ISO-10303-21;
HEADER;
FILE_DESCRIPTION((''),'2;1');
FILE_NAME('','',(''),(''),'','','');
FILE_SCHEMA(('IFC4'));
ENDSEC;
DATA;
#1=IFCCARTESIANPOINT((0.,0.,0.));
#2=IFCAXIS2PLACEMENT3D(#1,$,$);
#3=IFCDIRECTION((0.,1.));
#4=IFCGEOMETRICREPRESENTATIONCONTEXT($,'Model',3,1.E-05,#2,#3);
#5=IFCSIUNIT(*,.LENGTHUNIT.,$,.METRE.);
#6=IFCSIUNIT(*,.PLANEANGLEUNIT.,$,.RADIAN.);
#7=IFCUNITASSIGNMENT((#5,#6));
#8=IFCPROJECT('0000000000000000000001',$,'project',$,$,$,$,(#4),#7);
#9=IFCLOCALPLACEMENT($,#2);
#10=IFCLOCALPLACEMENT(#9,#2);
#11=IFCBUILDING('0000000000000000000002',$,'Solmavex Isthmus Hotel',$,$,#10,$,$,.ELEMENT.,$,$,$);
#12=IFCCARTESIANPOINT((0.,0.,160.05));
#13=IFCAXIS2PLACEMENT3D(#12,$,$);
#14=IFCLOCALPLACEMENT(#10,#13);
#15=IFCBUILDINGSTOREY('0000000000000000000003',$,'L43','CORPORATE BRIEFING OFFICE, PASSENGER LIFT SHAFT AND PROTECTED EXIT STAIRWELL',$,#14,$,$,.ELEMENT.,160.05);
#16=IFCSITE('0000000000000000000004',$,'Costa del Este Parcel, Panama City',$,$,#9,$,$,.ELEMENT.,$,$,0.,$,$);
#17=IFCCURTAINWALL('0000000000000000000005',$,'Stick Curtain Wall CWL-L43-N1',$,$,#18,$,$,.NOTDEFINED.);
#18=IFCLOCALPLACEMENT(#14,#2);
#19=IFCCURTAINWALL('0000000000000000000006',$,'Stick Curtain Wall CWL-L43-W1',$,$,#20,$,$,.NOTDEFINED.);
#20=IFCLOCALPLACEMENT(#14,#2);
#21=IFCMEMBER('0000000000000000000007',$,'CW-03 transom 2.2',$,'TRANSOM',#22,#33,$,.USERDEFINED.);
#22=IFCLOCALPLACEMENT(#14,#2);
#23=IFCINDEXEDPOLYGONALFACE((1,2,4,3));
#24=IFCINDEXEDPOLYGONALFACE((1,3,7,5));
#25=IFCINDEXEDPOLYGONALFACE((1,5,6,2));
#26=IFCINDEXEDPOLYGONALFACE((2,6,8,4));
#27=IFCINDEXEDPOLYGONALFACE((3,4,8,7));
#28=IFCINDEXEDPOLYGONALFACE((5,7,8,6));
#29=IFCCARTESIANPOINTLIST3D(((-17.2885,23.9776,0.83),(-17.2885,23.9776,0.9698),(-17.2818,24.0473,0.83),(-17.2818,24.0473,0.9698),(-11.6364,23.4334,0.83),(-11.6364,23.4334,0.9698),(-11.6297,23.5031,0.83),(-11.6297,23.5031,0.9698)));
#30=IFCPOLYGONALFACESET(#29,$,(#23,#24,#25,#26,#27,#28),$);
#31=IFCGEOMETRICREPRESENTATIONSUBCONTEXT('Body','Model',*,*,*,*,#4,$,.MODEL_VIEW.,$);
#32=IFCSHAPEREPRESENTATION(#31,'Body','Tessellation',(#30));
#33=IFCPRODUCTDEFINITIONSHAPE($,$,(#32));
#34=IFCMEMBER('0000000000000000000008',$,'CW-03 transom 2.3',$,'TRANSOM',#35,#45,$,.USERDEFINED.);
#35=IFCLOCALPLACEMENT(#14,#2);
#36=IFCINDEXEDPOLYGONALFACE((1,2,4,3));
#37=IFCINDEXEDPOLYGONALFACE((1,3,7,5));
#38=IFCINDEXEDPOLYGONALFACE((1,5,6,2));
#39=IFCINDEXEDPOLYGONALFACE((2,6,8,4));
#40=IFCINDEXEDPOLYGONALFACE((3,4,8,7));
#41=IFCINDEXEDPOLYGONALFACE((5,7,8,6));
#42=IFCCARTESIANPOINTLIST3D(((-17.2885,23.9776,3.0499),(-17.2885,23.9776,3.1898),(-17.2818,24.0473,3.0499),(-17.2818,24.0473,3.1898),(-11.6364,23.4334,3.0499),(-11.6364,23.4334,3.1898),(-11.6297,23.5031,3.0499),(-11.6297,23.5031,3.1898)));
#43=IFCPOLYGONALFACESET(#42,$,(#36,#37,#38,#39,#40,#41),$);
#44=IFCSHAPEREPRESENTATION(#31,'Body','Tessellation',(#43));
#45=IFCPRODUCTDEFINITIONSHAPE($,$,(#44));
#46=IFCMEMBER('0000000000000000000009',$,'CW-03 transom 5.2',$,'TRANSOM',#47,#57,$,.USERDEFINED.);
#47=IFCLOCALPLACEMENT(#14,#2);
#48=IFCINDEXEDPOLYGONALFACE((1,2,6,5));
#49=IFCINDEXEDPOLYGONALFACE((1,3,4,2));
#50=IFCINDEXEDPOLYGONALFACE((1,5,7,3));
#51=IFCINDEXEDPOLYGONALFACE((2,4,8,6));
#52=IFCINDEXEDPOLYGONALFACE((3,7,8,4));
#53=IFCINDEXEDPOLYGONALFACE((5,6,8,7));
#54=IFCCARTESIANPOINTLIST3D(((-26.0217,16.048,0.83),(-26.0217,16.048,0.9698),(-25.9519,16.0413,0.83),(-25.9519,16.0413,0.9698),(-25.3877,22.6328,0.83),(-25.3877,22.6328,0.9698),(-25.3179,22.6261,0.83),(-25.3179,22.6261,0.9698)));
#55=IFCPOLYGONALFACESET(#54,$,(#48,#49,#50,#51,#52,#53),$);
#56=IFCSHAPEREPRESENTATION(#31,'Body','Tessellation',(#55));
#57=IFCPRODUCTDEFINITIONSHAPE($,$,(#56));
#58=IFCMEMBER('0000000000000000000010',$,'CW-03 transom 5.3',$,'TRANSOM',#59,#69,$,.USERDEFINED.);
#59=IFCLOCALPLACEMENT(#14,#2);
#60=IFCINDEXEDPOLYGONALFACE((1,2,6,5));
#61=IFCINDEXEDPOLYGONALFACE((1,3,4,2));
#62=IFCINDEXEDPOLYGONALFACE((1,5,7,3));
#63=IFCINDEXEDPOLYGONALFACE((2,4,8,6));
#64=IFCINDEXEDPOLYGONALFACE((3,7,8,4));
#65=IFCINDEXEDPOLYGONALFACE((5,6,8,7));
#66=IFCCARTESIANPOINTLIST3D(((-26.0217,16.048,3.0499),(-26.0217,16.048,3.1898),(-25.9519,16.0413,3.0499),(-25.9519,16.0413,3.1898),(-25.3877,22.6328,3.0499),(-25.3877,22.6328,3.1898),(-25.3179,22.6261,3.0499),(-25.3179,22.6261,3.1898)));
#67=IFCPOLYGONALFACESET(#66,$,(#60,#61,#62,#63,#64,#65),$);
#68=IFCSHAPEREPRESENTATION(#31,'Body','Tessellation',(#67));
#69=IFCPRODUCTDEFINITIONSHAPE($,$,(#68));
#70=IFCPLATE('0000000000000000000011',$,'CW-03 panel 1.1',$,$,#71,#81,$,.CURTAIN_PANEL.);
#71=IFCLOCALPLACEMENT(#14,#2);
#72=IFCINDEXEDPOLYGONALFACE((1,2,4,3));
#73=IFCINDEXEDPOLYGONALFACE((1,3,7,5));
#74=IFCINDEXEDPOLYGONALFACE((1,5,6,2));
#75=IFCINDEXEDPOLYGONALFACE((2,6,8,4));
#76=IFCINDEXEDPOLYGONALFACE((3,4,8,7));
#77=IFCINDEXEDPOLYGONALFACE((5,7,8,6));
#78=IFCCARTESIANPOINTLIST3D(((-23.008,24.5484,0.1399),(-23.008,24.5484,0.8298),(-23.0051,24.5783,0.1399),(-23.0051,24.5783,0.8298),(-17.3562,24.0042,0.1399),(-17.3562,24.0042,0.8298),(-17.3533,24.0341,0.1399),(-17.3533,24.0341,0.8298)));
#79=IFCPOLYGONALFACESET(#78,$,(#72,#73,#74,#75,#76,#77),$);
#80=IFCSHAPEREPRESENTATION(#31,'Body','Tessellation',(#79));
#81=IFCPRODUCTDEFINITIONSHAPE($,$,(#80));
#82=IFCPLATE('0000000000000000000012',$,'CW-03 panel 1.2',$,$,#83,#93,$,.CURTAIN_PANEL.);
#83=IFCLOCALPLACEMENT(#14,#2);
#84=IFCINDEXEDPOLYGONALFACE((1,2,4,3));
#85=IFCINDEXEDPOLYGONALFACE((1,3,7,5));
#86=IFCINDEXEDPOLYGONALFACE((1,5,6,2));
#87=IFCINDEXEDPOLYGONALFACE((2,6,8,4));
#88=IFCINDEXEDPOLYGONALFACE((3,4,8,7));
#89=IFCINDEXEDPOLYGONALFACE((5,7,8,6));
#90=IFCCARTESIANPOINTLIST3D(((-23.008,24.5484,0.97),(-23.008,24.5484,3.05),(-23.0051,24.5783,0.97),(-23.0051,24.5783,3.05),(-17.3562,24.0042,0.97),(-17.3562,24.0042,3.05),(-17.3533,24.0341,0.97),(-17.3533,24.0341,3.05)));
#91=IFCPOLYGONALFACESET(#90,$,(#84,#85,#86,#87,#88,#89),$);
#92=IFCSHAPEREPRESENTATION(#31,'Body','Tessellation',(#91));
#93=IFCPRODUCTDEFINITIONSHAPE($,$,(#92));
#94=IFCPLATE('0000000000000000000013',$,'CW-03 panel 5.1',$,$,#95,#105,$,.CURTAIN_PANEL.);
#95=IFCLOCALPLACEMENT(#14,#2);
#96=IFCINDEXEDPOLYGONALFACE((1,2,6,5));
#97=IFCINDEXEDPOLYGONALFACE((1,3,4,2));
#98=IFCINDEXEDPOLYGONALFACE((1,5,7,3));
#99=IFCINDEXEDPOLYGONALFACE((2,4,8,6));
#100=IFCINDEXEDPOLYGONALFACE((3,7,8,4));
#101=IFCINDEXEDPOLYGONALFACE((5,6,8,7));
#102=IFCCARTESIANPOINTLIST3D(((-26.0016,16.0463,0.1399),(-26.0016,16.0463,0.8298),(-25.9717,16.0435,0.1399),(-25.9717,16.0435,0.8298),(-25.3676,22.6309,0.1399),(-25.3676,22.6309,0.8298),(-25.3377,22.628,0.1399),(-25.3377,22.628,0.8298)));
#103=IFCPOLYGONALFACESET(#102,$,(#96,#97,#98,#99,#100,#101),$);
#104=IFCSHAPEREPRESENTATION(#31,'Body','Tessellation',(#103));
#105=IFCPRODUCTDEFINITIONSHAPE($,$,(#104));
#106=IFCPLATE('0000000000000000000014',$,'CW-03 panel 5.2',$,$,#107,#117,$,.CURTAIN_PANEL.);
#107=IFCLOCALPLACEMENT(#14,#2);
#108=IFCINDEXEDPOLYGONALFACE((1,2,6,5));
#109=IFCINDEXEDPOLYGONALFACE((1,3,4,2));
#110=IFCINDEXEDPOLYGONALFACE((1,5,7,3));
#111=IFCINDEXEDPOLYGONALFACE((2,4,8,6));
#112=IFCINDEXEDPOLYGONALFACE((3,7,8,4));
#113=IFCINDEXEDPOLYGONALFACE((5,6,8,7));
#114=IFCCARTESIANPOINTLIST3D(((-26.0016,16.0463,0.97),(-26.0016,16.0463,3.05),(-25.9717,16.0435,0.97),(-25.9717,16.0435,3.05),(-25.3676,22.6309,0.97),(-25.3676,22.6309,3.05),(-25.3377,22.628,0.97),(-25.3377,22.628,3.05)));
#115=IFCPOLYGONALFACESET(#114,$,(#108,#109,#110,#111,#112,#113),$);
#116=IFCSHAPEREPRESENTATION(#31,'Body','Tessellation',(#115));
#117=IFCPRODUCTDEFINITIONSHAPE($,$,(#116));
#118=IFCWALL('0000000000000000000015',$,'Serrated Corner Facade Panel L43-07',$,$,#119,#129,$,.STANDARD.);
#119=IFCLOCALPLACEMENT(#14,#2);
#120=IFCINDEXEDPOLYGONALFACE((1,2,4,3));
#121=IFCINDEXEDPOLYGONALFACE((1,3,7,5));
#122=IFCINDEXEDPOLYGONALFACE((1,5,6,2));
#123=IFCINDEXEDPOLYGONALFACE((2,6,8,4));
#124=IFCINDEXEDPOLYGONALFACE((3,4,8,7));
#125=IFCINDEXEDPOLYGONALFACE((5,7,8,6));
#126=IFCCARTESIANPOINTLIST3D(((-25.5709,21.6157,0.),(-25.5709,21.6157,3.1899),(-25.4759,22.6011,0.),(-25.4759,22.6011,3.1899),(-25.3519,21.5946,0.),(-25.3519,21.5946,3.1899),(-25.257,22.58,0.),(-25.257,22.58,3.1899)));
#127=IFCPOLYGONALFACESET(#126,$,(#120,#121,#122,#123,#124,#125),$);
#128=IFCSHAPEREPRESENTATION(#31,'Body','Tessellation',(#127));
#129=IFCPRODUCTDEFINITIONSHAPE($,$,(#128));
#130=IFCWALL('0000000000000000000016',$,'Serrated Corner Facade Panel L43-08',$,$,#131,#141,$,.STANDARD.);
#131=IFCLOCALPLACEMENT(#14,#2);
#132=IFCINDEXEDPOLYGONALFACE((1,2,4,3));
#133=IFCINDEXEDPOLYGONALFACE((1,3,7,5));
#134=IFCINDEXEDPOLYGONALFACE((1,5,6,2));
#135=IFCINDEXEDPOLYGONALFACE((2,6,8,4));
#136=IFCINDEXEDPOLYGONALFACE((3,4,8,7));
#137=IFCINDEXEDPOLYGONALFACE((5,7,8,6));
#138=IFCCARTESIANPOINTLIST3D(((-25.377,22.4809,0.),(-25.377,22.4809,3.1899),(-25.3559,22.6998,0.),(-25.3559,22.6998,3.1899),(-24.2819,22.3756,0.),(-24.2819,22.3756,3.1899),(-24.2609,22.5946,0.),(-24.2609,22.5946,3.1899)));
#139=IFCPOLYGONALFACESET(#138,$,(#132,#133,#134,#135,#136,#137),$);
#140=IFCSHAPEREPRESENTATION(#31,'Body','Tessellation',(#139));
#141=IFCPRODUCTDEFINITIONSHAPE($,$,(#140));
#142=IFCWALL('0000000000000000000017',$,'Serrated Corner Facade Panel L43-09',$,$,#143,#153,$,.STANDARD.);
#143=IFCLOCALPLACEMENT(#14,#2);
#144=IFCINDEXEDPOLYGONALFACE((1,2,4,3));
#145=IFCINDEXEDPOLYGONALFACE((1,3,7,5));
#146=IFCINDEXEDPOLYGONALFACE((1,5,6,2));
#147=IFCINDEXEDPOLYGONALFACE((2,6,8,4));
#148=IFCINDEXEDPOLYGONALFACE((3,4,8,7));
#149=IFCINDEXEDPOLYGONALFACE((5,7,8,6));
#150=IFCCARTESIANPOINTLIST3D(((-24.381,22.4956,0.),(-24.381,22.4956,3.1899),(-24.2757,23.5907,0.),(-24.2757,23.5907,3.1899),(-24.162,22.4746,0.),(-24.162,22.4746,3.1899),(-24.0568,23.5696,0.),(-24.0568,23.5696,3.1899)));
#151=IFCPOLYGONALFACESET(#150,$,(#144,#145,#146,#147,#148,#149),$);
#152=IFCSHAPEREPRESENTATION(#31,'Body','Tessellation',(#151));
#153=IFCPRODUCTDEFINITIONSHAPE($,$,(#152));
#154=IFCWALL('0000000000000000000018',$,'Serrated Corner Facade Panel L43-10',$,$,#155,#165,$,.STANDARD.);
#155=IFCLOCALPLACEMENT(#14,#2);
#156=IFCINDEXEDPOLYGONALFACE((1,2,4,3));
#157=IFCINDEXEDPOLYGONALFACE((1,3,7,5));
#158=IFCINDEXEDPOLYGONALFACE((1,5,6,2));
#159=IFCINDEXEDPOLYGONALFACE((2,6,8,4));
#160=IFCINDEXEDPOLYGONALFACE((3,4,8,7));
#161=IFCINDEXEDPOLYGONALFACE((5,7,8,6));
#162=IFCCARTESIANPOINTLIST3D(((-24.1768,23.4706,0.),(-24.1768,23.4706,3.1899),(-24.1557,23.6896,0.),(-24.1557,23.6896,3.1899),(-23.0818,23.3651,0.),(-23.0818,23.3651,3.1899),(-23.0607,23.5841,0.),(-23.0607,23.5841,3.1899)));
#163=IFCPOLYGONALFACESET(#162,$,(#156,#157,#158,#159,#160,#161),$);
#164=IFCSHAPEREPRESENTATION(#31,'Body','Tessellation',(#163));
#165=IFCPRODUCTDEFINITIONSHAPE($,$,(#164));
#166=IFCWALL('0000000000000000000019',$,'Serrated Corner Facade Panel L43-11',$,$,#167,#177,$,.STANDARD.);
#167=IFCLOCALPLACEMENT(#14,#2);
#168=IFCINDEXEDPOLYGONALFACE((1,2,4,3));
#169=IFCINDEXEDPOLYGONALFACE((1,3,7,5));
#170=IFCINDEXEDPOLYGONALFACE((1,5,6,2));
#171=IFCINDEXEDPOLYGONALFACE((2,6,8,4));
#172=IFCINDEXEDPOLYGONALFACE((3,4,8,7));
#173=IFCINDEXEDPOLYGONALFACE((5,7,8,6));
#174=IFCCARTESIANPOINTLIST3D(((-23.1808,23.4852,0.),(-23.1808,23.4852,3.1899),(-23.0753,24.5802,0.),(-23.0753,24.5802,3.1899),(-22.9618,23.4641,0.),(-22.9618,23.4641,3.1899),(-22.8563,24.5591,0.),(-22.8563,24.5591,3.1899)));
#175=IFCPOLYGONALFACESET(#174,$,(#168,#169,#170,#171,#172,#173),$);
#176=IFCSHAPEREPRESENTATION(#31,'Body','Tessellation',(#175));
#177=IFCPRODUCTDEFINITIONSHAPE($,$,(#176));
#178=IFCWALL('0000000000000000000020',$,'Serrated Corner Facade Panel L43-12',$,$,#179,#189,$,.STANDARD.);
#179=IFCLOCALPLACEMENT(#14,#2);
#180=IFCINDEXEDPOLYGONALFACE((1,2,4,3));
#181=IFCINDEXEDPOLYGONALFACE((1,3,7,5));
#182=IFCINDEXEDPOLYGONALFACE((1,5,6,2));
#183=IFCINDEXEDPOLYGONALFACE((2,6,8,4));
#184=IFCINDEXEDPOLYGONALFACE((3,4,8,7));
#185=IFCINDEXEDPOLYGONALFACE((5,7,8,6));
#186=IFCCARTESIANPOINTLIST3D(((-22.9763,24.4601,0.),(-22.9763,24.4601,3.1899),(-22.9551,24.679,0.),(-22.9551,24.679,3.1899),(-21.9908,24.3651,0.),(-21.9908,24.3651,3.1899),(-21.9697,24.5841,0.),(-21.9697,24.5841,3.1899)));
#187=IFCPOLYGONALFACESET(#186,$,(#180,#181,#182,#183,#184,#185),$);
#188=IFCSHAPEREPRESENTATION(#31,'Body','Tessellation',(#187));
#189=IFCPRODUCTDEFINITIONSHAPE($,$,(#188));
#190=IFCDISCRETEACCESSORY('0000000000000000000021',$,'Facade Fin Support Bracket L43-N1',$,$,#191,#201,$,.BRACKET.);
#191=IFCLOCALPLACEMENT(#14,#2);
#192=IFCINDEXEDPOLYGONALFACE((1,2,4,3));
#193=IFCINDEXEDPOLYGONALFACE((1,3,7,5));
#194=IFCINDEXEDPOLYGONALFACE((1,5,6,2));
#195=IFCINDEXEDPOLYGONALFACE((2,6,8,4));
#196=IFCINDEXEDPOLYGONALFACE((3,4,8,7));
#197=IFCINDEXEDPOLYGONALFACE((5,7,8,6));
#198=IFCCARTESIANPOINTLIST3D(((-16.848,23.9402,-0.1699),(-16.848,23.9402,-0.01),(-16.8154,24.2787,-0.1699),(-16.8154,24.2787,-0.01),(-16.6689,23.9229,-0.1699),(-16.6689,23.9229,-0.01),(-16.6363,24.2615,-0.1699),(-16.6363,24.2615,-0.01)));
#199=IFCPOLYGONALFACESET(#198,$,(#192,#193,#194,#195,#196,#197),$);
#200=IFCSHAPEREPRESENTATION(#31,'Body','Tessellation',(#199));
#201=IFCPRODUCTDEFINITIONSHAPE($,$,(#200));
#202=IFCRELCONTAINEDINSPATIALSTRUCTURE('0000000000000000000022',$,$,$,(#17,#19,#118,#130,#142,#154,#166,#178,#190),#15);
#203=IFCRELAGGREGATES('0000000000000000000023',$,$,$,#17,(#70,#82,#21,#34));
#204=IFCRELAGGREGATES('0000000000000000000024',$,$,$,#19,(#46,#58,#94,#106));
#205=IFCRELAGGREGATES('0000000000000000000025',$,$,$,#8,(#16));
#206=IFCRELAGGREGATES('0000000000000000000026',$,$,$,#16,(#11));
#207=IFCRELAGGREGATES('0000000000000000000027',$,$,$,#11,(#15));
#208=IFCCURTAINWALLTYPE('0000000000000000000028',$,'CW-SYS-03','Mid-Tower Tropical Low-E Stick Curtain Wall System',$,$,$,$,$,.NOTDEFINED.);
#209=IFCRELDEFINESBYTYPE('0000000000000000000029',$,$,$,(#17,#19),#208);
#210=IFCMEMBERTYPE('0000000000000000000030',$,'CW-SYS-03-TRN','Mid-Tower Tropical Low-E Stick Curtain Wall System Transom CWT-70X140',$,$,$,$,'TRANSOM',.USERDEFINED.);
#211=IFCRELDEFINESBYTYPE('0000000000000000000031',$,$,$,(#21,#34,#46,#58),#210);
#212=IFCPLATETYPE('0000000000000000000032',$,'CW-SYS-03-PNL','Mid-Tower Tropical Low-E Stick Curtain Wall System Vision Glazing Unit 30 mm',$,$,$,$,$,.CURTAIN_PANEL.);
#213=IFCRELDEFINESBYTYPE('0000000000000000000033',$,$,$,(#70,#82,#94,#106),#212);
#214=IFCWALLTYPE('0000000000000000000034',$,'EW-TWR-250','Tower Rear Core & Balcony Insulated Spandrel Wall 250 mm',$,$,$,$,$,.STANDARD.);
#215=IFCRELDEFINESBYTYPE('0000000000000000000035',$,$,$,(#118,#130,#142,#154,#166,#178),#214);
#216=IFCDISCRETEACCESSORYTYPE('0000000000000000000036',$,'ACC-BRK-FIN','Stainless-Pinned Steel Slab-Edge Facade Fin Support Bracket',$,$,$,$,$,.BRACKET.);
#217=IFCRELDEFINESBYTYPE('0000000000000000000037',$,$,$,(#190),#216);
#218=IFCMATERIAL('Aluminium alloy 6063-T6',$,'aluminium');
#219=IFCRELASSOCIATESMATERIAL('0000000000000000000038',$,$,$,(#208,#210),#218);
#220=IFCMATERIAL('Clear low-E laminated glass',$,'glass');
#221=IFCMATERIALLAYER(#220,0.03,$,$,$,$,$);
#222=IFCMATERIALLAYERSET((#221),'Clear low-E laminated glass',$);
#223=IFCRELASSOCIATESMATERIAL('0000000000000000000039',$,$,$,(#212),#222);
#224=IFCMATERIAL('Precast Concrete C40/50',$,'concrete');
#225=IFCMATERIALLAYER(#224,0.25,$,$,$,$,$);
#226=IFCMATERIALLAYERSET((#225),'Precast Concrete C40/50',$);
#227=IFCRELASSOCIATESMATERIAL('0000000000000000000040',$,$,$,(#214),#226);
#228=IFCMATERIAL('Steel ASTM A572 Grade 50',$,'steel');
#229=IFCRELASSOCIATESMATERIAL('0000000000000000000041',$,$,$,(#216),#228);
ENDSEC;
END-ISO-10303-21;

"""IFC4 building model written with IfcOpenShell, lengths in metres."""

from ifc_helpers import new_model, si_unit, direction, frame, frame_2d, origin, origin_2d, place, context, subcontext, project, spatial, rectangle, extrude, material, layer, layer_set, material_profile, profile_set, type_object, element, aggregate, save


model = new_model("IFC4")

# Units and contexts
model_context = context("Model", 3, precision=1e-05, world=origin(), true_north=direction((0.0, 1.0)))
body_context = subcontext(model_context, "Body", "Model", "MODEL_VIEW")
ifc_project = project(units=[si_unit("LENGTHUNIT", "METRE"), si_unit("PLANEANGLEUNIT", "RADIAN")], contexts=[model_context])

# Site, building, storey
site_placement = place(None, origin())
site = spatial("IfcSite", under=ifc_project, at=site_placement, Name="Costa del Este Parcel, Panama City", CompositionType="ELEMENT", RefElevation=0.0)
building_placement = place(site_placement, origin())
building = spatial("IfcBuilding", under=site, at=building_placement, Name="Solmavex Isthmus Hotel", CompositionType="ELEMENT")
storey_placement = place(building_placement, frame((0.0, 0.0, 160.05)))
storey = spatial("IfcBuildingStorey", under=building, at=storey_placement, Name="L43", Description="CORPORATE BRIEFING OFFICE, PASSENGER LIFT SHAFT AND PROTECTED EXIT STAIRWELL", CompositionType="ELEMENT", Elevation=160.05)

# Curtain wall
ifc_material_1 = material(Name="Aluminium alloy 6063-T6", Category="aluminium")
curtain_wall_type = type_object("IfcCurtainWallType", Name="CW-SYS-03", Description="Mid-Tower Tropical Low-E Stick Curtain Wall System", PredefinedType="NOTDEFINED", material=ifc_material_1)
curtain_wall_1_placement = place(storey_placement, origin())
curtain_wall_1 = element("IfcCurtainWall", 1, at=curtain_wall_1_placement, inside=storey, type_object=curtain_wall_type, Name="Stick Curtain Wall CWL-L43-N1", PredefinedType="NOTDEFINED")

# Curtain wall
curtain_wall_2_placement = place(storey_placement, origin())
curtain_wall_2 = element("IfcCurtainWall", 2, at=curtain_wall_2_placement, inside=storey, type_object=curtain_wall_type, Name="Stick Curtain Wall CWL-L43-W1", PredefinedType="NOTDEFINED")

# Members
ifc_material_profile_1 = material_profile(ifc_material_1, rectangle(XDim=0.0701, YDim=0.1399, at=origin_2d()), Name="CWT-70X140")
ifc_profile_set_1 = profile_set([ifc_material_profile_1], Name="Aluminium alloy 6063-T6")
member_type_1 = type_object("IfcMemberType", Name="CW-SYS-03-TRN", Description="Mid-Tower Tropical Low-E Stick Curtain Wall System Transom CWT-70X140", ElementType="TRANSOM", PredefinedType="USERDEFINED", material=ifc_profile_set_1)
member_1_placement = place(storey_placement, frame((-17.2852, 24.0125, 0.8999), z_axis=(0.995397, -0.095838, 0.0), x_axis=(0.095838, 0.995397, 0.0)))
member_1 = element("IfcMember", 3, at=member_1_placement, type_object=member_type_1, Name="CW-03 transom 2.2", ObjectType="TRANSOM", PredefinedType="USERDEFINED", context=body_context, shape_type="SweptSolid", body=[
    extrude(rectangle(XDim=0.0701, YDim=0.1399, at=origin_2d()), origin(), (0.0, 0.0, 1.0), 5.6782),
])
member_2_placement = place(storey_placement, frame((-17.2852, 24.0125, 3.1199), z_axis=(0.995397, -0.095838, 0.0), x_axis=(0.095838, 0.995397, 0.0)))
member_2 = element("IfcMember", 4, at=member_2_placement, type_object=member_type_1, Name="CW-03 transom 2.3", ObjectType="TRANSOM", PredefinedType="USERDEFINED", context=body_context, shape_type="SweptSolid", body=[
    extrude(rectangle(XDim=0.0701, YDim=0.1399, at=origin_2d()), origin(), (0.0, 0.0, 1.0), 5.6782),
])
member_3_placement = place(storey_placement, frame((-25.9868, 16.0447, 0.8999), z_axis=(0.095845, 0.995396, 0.0), x_axis=(-0.995396, 0.095845, 0.0)))
member_3 = element("IfcMember", 5, at=member_3_placement, type_object=member_type_1, Name="CW-03 transom 5.2", ObjectType="TRANSOM", PredefinedType="USERDEFINED", context=body_context, shape_type="SweptSolid", body=[
    extrude(rectangle(XDim=0.0701, YDim=0.1399, at=origin_2d()), origin(), (0.0, 0.0, 1.0), 6.6152),
])
member_4_placement = place(storey_placement, frame((-25.9868, 16.0447, 3.1199), z_axis=(0.095845, 0.995396, 0.0), x_axis=(-0.995396, 0.095845, 0.0)))
member_4 = element("IfcMember", 6, at=member_4_placement, type_object=member_type_1, Name="CW-03 transom 5.3", ObjectType="TRANSOM", PredefinedType="USERDEFINED", context=body_context, shape_type="SweptSolid", body=[
    extrude(rectangle(XDim=0.0701, YDim=0.1399, at=origin_2d()), origin(), (0.0, 0.0, 1.0), 6.6152),
])

# Plates
ifc_material_2 = material(Name="Clear low-E laminated glass", Category="glass")
ifc_layer_1 = layer(ifc_material_2, 0.03)
ifc_layer_set_1 = layer_set([ifc_layer_1], Name="Clear low-E laminated glass")
plate_type = type_object("IfcPlateType", Name="CW-SYS-03-PNL", Description="Mid-Tower Tropical Low-E Stick Curtain Wall System Vision Glazing Unit 30 mm", PredefinedType="CURTAIN_PANEL", material=ifc_layer_set_1)
plate_1_placement = place(storey_placement, frame((-20.1807, 24.2913, 0.1399), z_axis=(0.0, 0.0, 1.0), x_axis=(0.995396, -0.095846, 0.0)))
plate_1 = element("IfcPlate", 7, at=plate_1_placement, type_object=plate_type, Name="CW-03 panel 1.1", PredefinedType="CURTAIN_PANEL", context=body_context, shape_type="SweptSolid", body=[
    extrude(rectangle(XDim=5.678, YDim=0.03, at=origin_2d()), origin(), (0.0, 0.0, 1.0), 0.6899),
])
plate_2_placement = place(storey_placement, frame((-20.1807, 24.2913, 0.97), z_axis=(0.0, 0.0, 1.0), x_axis=(0.995396, -0.095846, 0.0)))
plate_2 = element("IfcPlate", 8, at=plate_2_placement, type_object=plate_type, Name="CW-03 panel 1.2", PredefinedType="CURTAIN_PANEL", context=body_context, shape_type="SweptSolid", body=[
    extrude(rectangle(XDim=5.678, YDim=0.03, at=origin_2d()), origin(), (0.0, 0.0, 1.0), 2.0801),
])
aggregate(curtain_wall_1, [plate_1, plate_2, member_1, member_2])
plate_3_placement = place(storey_placement, frame((-25.6697, 19.3372, 0.1399), z_axis=(0.0, 0.0, 1.0), x_axis=(0.095846, 0.995396, 0.0)))
plate_3 = element("IfcPlate", 9, at=plate_3_placement, type_object=plate_type, Name="CW-03 panel 5.1", PredefinedType="CURTAIN_PANEL", context=body_context, shape_type="SweptSolid", body=[
    extrude(rectangle(XDim=6.615, YDim=0.03, at=origin_2d()), origin(), (0.0, 0.0, 1.0), 0.6899),
])
plate_4_placement = place(storey_placement, frame((-25.6697, 19.3372, 0.97), z_axis=(0.0, 0.0, 1.0), x_axis=(0.095846, 0.995396, 0.0)))
plate_4 = element("IfcPlate", 10, at=plate_4_placement, type_object=plate_type, Name="CW-03 panel 5.2", PredefinedType="CURTAIN_PANEL", context=body_context, shape_type="SweptSolid", body=[
    extrude(rectangle(XDim=6.615, YDim=0.03, at=origin_2d()), origin(), (0.0, 0.0, 1.0), 2.0801),
])
aggregate(curtain_wall_2, [member_3, member_4, plate_3, plate_4])

# Walls
ifc_material_3 = material(Name="Precast Concrete C40/50", Category="concrete")
ifc_layer_2 = layer(ifc_material_3, 0.25)
ifc_layer_set_2 = layer_set([ifc_layer_2], Name="Precast Concrete C40/50")
wall_type = type_object("IfcWallType", Name="EW-TWR-250", Description="Tower Rear Core & Balcony Insulated Spandrel Wall 250 mm", PredefinedType="STANDARD", material=ifc_layer_set_2)
wall_1_placement = place(storey_placement, frame((-25.4614, 21.605, 0.0), z_axis=(0.0, 0.0, 1.0), x_axis=(0.095938, 0.995387, 0.0)))
element("IfcWall", 11, at=wall_1_placement, inside=storey, type_object=wall_type, Name="Serrated Corner Facade Panel L43-07", PredefinedType="STANDARD", context=body_context, shape_type="SweptSolid", body=[
    extrude(rectangle(XDim=0.99, YDim=0.22, at=frame_2d((0.4951, 0.0))), origin(), (0.0, 0.0, 1.0), 3.1899),
])
for number, where, z_axis, x_axis, name in (
    (12, (-25.3665, 22.5903, 0.0), (0.0, 0.0, 1.0), (0.995414, -0.095657, 0.0), "Serrated Corner Facade Panel L43-08"),
    (13, (-24.2715, 22.4851, 0.0), (0.0, 0.0, 1.0), (0.095657, 0.995414, 0.0), "Serrated Corner Facade Panel L43-09"),
    (14, (-24.1663, 23.5801, 0.0), (0.0, 0.0, 1.0), (0.995393, -0.095877, 0.0), "Serrated Corner Facade Panel L43-10"),
    (15, (-23.0713, 23.4746, 0.0), (0.0, 0.0, 1.0), (0.095877, 0.995393, 0.0), "Serrated Corner Facade Panel L43-11"),
):
    element("IfcWall", number, at=place(storey_placement, frame(where, z_axis=z_axis, x_axis=x_axis)), inside=storey, type_object=wall_type, Name=name, PredefinedType="STANDARD", context=body_context, shape_type="SweptSolid", body=[
        extrude(rectangle(XDim=1.1001, YDim=0.22, at=frame_2d((0.55, 0.0))), origin(), (0.0, 0.0, 1.0), 3.1899),
    ])
wall_2_placement = place(storey_placement, frame((-22.9658, 24.5696, 0.0), z_axis=(0.0, 0.0, 1.0), x_axis=(0.995387, -0.095938, 0.0)))
element("IfcWall", 16, at=wall_2_placement, inside=storey, type_object=wall_type, Name="Serrated Corner Facade Panel L43-12", PredefinedType="STANDARD", context=body_context, shape_type="SweptSolid", body=[
    extrude(rectangle(XDim=0.99, YDim=0.22, at=frame_2d((0.4951, 0.0))), origin(), (0.0, 0.0, 1.0), 3.1899),
])

# Discrete accessory
ifc_material_4 = material(Name="Steel ASTM A572 Grade 50", Category="steel")
discrete_accessory_type = type_object("IfcDiscreteAccessoryType", Name="ACC-BRK-FIN", Description="Stainless-Pinned Steel Slab-Edge Facade Fin Support Bracket", PredefinedType="BRACKET", material=ifc_material_4)
discrete_accessory_placement = place(storey_placement, frame((-16.7422, 24.1008, -0.1699), z_axis=(0.0, 0.0, 1.0), x_axis=(0.095846, 0.995396, 0.0)))
element("IfcDiscreteAccessory", 17, at=discrete_accessory_placement, inside=storey, type_object=discrete_accessory_type, Name="Facade Fin Support Bracket L43-N1", PredefinedType="BRACKET", context=body_context, shape_type="SweptSolid", body=[
    extrude(rectangle(XDim=0.3401, YDim=0.1799, at=origin_2d()), origin(), (0.0, 0.0, 1.0), 0.1599),
])

save(model, "model.ifc")
